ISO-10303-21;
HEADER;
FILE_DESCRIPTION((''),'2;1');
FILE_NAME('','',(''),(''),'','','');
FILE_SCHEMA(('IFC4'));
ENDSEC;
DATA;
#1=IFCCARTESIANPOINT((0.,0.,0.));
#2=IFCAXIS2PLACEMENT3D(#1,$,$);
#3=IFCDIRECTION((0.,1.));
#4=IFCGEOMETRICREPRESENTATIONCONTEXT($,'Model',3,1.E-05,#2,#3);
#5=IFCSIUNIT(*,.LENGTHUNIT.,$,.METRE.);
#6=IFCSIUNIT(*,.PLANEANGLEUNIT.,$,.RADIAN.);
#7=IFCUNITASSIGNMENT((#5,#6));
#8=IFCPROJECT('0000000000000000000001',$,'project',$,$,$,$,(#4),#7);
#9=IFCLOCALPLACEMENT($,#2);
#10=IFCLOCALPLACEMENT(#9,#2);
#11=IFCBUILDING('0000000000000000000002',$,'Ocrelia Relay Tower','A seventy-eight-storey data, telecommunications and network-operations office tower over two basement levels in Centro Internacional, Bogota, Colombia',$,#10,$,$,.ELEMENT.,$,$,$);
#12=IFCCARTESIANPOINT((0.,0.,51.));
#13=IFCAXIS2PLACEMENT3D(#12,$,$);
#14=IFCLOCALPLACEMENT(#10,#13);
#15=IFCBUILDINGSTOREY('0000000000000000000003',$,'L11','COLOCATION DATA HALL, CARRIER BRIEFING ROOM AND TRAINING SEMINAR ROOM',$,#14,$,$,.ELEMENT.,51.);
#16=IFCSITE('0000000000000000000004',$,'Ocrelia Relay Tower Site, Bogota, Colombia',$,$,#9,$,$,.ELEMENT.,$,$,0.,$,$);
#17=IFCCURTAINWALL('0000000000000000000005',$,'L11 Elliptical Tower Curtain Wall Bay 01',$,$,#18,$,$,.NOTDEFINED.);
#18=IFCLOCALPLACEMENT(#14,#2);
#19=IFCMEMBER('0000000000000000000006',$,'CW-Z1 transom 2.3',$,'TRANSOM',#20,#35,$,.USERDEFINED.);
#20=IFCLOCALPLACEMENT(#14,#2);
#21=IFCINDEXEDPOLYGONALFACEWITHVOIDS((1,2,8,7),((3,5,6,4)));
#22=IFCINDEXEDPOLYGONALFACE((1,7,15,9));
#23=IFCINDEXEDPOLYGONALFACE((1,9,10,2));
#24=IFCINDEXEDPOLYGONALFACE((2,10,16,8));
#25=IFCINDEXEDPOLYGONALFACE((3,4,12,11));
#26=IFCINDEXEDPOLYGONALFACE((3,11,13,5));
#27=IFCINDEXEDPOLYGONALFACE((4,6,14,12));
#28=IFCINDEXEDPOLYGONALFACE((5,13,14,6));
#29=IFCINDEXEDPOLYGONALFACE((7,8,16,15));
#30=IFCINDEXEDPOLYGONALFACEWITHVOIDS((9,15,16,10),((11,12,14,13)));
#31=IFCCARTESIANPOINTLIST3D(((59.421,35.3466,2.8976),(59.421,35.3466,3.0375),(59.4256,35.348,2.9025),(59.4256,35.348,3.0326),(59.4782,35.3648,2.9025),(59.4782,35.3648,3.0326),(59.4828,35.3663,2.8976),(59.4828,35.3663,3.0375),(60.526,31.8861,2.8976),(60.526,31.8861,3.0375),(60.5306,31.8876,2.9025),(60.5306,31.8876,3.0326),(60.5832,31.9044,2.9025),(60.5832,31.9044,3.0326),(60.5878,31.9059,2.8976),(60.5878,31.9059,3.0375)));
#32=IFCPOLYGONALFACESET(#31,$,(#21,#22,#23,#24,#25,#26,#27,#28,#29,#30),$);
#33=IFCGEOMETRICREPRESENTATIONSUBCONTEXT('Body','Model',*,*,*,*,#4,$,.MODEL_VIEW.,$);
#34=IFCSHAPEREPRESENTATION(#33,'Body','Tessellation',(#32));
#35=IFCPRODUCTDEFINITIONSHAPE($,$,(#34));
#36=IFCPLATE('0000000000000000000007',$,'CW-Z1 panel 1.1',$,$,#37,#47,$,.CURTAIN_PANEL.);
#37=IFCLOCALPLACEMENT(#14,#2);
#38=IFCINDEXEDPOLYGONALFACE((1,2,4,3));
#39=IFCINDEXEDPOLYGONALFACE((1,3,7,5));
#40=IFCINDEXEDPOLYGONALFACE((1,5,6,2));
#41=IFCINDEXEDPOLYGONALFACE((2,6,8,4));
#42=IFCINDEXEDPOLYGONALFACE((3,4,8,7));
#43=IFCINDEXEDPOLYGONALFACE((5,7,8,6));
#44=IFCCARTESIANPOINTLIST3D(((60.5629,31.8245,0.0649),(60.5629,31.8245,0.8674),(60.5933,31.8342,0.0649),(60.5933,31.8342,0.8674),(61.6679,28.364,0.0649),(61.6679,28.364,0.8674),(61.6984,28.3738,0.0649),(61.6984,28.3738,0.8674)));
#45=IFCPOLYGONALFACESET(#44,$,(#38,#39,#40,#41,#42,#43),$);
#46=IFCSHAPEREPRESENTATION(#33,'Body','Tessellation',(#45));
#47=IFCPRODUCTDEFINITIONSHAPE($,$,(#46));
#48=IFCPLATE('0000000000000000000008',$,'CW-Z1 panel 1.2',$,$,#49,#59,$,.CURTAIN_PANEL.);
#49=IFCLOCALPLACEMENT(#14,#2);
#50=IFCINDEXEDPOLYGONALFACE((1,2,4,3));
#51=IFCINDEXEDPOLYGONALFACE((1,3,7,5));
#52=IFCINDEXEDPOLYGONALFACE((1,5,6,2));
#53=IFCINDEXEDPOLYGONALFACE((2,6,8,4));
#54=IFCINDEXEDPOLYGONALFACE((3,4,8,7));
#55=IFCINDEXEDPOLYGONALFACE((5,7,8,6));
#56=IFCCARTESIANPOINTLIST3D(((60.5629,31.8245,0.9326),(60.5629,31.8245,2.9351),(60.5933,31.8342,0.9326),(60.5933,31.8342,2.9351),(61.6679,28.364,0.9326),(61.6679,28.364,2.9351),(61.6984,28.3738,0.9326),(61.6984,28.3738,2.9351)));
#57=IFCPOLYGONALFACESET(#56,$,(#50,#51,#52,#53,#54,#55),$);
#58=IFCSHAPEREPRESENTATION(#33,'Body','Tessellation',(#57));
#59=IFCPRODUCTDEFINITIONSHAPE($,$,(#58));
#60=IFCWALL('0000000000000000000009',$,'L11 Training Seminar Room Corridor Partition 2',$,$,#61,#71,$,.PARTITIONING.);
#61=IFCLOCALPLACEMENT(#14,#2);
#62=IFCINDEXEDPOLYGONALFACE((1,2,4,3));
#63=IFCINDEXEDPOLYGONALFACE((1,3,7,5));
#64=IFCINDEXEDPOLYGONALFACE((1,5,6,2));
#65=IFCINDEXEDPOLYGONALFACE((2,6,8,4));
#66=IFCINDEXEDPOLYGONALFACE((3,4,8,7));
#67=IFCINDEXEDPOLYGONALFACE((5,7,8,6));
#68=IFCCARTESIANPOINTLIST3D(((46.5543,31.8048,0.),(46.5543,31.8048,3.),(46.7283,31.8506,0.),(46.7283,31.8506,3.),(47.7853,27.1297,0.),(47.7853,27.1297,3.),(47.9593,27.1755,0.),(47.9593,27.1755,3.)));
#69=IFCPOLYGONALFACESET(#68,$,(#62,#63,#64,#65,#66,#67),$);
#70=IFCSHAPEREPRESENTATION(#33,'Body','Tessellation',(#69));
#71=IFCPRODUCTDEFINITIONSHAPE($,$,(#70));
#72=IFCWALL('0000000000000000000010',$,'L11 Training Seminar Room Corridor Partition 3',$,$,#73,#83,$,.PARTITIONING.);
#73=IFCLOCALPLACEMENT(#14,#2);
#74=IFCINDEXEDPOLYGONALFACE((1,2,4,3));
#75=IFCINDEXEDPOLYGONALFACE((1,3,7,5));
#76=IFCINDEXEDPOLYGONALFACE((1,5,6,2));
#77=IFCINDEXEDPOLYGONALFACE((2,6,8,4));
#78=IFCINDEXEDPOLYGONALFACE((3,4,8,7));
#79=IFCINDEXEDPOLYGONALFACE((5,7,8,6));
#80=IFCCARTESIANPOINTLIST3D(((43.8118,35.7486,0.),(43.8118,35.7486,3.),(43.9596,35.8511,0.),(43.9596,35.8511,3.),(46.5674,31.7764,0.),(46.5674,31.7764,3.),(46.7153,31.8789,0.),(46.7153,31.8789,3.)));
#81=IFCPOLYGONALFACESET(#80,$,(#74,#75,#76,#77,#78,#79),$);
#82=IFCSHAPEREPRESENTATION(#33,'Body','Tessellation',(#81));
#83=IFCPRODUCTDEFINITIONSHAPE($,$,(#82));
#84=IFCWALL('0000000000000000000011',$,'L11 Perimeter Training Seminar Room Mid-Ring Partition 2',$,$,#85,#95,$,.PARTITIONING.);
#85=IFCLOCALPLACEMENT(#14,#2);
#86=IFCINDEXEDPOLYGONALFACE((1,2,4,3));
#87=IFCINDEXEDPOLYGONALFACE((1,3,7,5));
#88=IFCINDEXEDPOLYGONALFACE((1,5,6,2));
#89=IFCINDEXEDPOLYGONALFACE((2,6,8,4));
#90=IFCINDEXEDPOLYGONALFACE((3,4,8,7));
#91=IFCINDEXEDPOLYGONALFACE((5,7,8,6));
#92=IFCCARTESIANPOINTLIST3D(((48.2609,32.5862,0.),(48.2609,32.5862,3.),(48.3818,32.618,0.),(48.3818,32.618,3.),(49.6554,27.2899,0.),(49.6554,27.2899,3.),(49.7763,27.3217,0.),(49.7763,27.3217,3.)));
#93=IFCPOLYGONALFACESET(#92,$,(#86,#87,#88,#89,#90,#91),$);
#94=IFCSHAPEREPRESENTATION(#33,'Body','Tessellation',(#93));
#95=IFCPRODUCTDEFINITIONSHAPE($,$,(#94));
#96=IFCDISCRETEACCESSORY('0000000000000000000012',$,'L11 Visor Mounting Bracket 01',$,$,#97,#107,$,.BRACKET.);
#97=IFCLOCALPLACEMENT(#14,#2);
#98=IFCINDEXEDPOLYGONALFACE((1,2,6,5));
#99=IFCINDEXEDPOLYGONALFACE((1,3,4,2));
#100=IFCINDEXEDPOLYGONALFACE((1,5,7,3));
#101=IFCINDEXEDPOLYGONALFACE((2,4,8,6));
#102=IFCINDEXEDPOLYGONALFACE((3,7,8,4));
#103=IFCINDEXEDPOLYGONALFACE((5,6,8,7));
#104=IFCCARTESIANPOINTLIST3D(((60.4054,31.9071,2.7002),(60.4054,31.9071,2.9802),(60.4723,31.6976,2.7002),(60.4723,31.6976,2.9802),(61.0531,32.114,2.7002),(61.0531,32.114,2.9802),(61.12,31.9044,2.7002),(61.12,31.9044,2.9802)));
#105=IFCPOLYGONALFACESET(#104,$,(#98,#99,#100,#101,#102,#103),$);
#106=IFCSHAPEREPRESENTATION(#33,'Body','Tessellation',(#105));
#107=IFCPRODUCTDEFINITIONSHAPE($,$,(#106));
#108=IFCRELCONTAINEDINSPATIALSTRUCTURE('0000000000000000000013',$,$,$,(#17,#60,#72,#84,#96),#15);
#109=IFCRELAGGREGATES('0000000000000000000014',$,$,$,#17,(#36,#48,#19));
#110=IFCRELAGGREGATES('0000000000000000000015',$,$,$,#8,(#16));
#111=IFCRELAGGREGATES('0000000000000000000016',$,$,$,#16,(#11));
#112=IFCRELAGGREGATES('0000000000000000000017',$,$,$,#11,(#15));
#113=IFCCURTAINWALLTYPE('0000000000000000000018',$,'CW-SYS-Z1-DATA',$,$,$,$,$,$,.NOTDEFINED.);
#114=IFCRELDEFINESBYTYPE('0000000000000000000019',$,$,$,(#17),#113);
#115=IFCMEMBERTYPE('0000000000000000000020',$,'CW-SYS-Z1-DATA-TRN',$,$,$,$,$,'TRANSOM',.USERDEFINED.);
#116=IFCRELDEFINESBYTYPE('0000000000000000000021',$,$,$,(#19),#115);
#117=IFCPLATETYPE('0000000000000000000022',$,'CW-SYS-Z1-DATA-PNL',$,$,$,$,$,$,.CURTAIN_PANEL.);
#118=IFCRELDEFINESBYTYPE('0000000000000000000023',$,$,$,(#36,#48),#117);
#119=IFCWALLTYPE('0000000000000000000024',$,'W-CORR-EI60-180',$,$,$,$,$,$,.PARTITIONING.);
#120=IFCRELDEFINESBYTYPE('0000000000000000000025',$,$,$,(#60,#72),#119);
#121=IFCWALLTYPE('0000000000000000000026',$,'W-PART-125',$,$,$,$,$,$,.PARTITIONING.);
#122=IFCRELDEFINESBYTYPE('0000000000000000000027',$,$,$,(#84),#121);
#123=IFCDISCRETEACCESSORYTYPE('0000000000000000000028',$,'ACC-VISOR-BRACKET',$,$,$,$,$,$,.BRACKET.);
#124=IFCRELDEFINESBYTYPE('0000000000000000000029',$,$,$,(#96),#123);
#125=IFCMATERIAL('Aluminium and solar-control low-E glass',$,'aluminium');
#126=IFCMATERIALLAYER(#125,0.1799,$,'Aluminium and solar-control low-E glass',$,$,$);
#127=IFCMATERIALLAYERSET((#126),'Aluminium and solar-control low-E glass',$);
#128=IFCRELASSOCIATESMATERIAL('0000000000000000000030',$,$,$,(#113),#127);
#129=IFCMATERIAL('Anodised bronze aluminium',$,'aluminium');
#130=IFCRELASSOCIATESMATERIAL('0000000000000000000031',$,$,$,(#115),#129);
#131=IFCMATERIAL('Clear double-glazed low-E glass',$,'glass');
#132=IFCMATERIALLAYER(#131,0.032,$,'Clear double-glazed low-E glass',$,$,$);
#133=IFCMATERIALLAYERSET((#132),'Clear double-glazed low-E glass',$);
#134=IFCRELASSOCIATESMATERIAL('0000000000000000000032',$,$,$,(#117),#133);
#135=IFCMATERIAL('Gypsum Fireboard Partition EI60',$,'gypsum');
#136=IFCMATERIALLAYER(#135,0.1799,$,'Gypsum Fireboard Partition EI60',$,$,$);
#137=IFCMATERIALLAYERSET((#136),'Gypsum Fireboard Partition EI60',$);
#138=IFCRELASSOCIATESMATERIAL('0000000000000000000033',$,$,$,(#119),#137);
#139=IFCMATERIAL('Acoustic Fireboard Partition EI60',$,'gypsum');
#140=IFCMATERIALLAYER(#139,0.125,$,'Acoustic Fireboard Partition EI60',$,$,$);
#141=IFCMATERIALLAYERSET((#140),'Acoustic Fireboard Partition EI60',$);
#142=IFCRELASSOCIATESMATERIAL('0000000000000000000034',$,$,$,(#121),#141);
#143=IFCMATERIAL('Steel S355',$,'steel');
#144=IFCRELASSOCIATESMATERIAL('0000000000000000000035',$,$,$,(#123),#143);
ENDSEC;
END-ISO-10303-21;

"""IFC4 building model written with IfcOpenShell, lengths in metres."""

from ifc_helpers import new_model, si_unit, direction, frame, frame_2d, origin, origin_2d, place, context, subcontext, project, spatial, rectangle, hollow_rectangle, extrude, material, layer, layer_set, material_profile, profile_set, type_object, element, aggregate, save


model = new_model("IFC4")

# Units and contexts
model_context = context("Model", 3, precision=1e-05, world=origin(), true_north=direction((0.0, 1.0)))
body_context = subcontext(model_context, "Body", "Model", "MODEL_VIEW")
ifc_project = project(units=[si_unit("LENGTHUNIT", "METRE"), si_unit("PLANEANGLEUNIT", "RADIAN")], contexts=[model_context])

# Site, building, storey
site_placement = place(None, origin())
site = spatial("IfcSite", under=ifc_project, at=site_placement, Name="Ocrelia Relay Tower Site, Bogota, Colombia", CompositionType="ELEMENT", RefElevation=0.0)
building_placement = place(site_placement, origin())
building = spatial("IfcBuilding", under=site, at=building_placement, Name="Ocrelia Relay Tower", Description="A seventy-eight-storey data, telecommunications and network-operations office tower over two basement levels in Centro Internacional, Bogota, Colombia", CompositionType="ELEMENT")
storey_placement = place(building_placement, frame((0.0, 0.0, 51.0)))
storey = spatial("IfcBuildingStorey", under=building, at=storey_placement, Name="L11", Description="COLOCATION DATA HALL, CARRIER BRIEFING ROOM AND TRAINING SEMINAR ROOM", CompositionType="ELEMENT", Elevation=51.0)

# Shared definitions
ifc_material_1 = material(Name="Steel S355", Category="steel")

# Curtain wall
ifc_material_2 = material(Name="Aluminium and solar-control low-E glass", Category="aluminium")
ifc_layer_1 = layer(ifc_material_2, 0.1799, Name="Aluminium and solar-control low-E glass")
ifc_layer_set_1 = layer_set([ifc_layer_1], Name="Aluminium and solar-control low-E glass")
curtain_wall_type = type_object("IfcCurtainWallType", Name="CW-SYS-Z1-DATA", PredefinedType="NOTDEFINED", material=ifc_layer_set_1)
curtain_wall_1_placement = place(storey_placement, origin())
curtain_wall_1 = element("IfcCurtainWall", 1, at=curtain_wall_1_placement, inside=storey, type_object=curtain_wall_type, Name="L11 Elliptical Tower Curtain Wall Bay 01", PredefinedType="NOTDEFINED")
ifc_material_3 = material(Name="Anodised bronze aluminium", Category="aluminium")

# Member
ifc_material_profile_1 = material_profile(ifc_material_3, hollow_rectangle(XDim=0.0649, YDim=0.1399, WallThickness=0.0049, at=origin_2d()), Name="CW-TRN-140x65")
ifc_profile_set_1 = profile_set([ifc_material_profile_1], Name="Anodised bronze aluminium")
member_type_1 = type_object("IfcMemberType", Name="CW-SYS-Z1-DATA-TRN", ElementType="TRANSOM", PredefinedType="USERDEFINED", material=ifc_profile_set_1)
member_1_placement = place(storey_placement, frame((60.5569, 31.896, 2.9675), z_axis=(-0.304186, 0.952613, 0.0), x_axis=(-0.952613, -0.304186, 0.0)))
member_1 = element("IfcMember", 2, at=member_1_placement, type_object=member_type_1, Name="CW-Z1 transom 2.3", ObjectType="TRANSOM", PredefinedType="USERDEFINED", context=body_context, shape_type="SweptSolid", body=[
    extrude(hollow_rectangle(XDim=0.0649, YDim=0.1399, WallThickness=0.0049, at=origin_2d()), origin(), (0.0, 0.0, 1.0), 3.6326),
])

# Plates
ifc_material_4 = material(Name="Clear double-glazed low-E glass", Category="glass")
ifc_layer_2 = layer(ifc_material_4, 0.032, Name="Clear double-glazed low-E glass")
ifc_layer_set_2 = layer_set([ifc_layer_2], Name="Clear double-glazed low-E glass")
plate_type = type_object("IfcPlateType", Name="CW-SYS-Z1-DATA-PNL", PredefinedType="CURTAIN_PANEL", material=ifc_layer_set_2)
plate_1_placement = place(storey_placement, frame((61.1306, 30.0991, 0.0649), z_axis=(0.0, 0.0, 1.0), x_axis=(-0.304199, 0.952608, 0.0)))
plate_1 = element("IfcPlate", 3, at=plate_1_placement, type_object=plate_type, Name="CW-Z1 panel 1.1", PredefinedType="CURTAIN_PANEL", context=body_context, shape_type="SweptSolid", body=[
    extrude(rectangle(XDim=3.6326, YDim=0.032, at=origin_2d()), origin(), (0.0, 0.0, 1.0), 0.8025),
])
plate_2_placement = place(storey_placement, frame((61.1306, 30.0991, 0.9326), z_axis=(0.0, 0.0, 1.0), x_axis=(-0.304199, 0.952608, 0.0)))
plate_2 = element("IfcPlate", 4, at=plate_2_placement, type_object=plate_type, Name="CW-Z1 panel 1.2", PredefinedType="CURTAIN_PANEL", context=body_context, shape_type="SweptSolid", body=[
    extrude(rectangle(XDim=3.6326, YDim=0.032, at=origin_2d()), origin(), (0.0, 0.0, 1.0), 2.0024),
])
aggregate(curtain_wall_1, [plate_1, plate_2, member_1])

# Walls
ifc_material_5 = material(Name="Gypsum Fireboard Partition EI60", Category="gypsum")
ifc_layer_3 = layer(ifc_material_5, 0.1799, Name="Gypsum Fireboard Partition EI60")
ifc_layer_set_3 = layer_set([ifc_layer_3], Name="Gypsum Fireboard Partition EI60")
wall_type_1 = type_object("IfcWallType", Name="W-CORR-EI60-180", PredefinedType="PARTITIONING", material=ifc_layer_set_3)
for number, where, z_axis, x_axis, name in (
    (5, (47.8723, 27.1526, 0.0), (0.0, 0.0, 1.0), (-0.254625, 0.96704, 0.0), "L11 Training Seminar Room Corridor Partition 2"),
    (6, (46.6414, 31.8276, 0.0), (0.0, 0.0, 1.0), (-0.57, 0.821645, 0.0), "L11 Training Seminar Room Corridor Partition 3"),
):
    element("IfcWall", number, at=place(storey_placement, frame(where, z_axis=z_axis, x_axis=x_axis)), inside=storey, type_object=wall_type_1, Name=name, PredefinedType="PARTITIONING", context=body_context, shape_type="SweptSolid", body=[
        extrude(rectangle(XDim=4.8345, YDim=0.1799, at=frame_2d((2.4172, 0.0))), origin(), (0.0, 0.0, 1.0), 3.0),
    ])
ifc_material_6 = material(Name="Acoustic Fireboard Partition EI60", Category="gypsum")
ifc_layer_4 = layer(ifc_material_6, 0.125, Name="Acoustic Fireboard Partition EI60")
ifc_layer_set_4 = layer_set([ifc_layer_4], Name="Acoustic Fireboard Partition EI60")
wall_type_2 = type_object("IfcWallType", Name="W-PART-125", PredefinedType="PARTITIONING", material=ifc_layer_set_4)
wall_placement = place(storey_placement, frame((49.7158, 27.3059, 0.0), z_axis=(0.0, 0.0, 1.0), x_axis=(-0.254621, 0.967041, 0.0)))
element("IfcWall", 7, at=wall_placement, inside=storey, type_object=wall_type_2, Name="L11 Perimeter Training Seminar Room Mid-Ring Partition 2", PredefinedType="PARTITIONING", context=body_context, shape_type="SweptSolid", body=[
    extrude(rectangle(XDim=5.4768, YDim=0.125, at=frame_2d((2.7383, 0.0))), origin(), (0.0, 0.0, 1.0), 3.0),
])

# Discrete accessory
discrete_accessory_type = type_object("IfcDiscreteAccessoryType", Name="ACC-VISOR-BRACKET", PredefinedType="BRACKET", material=ifc_material_1)
discrete_accessory_placement = place(storey_placement, frame((60.7627, 31.9058, 2.7002), z_axis=(0.0, 0.0, 1.0), x_axis=(-0.304199, 0.952608, 0.0)))
element("IfcDiscreteAccessory", 8, at=discrete_accessory_placement, inside=storey, type_object=discrete_accessory_type, Name="L11 Visor Mounting Bracket 01", PredefinedType="BRACKET", context=body_context, shape_type="SweptSolid", body=[
    extrude(rectangle(XDim=0.22, YDim=0.6799, at=origin_2d()), origin(), (0.0, 0.0, 1.0), 0.28),
])

save(model, "model.ifc")
